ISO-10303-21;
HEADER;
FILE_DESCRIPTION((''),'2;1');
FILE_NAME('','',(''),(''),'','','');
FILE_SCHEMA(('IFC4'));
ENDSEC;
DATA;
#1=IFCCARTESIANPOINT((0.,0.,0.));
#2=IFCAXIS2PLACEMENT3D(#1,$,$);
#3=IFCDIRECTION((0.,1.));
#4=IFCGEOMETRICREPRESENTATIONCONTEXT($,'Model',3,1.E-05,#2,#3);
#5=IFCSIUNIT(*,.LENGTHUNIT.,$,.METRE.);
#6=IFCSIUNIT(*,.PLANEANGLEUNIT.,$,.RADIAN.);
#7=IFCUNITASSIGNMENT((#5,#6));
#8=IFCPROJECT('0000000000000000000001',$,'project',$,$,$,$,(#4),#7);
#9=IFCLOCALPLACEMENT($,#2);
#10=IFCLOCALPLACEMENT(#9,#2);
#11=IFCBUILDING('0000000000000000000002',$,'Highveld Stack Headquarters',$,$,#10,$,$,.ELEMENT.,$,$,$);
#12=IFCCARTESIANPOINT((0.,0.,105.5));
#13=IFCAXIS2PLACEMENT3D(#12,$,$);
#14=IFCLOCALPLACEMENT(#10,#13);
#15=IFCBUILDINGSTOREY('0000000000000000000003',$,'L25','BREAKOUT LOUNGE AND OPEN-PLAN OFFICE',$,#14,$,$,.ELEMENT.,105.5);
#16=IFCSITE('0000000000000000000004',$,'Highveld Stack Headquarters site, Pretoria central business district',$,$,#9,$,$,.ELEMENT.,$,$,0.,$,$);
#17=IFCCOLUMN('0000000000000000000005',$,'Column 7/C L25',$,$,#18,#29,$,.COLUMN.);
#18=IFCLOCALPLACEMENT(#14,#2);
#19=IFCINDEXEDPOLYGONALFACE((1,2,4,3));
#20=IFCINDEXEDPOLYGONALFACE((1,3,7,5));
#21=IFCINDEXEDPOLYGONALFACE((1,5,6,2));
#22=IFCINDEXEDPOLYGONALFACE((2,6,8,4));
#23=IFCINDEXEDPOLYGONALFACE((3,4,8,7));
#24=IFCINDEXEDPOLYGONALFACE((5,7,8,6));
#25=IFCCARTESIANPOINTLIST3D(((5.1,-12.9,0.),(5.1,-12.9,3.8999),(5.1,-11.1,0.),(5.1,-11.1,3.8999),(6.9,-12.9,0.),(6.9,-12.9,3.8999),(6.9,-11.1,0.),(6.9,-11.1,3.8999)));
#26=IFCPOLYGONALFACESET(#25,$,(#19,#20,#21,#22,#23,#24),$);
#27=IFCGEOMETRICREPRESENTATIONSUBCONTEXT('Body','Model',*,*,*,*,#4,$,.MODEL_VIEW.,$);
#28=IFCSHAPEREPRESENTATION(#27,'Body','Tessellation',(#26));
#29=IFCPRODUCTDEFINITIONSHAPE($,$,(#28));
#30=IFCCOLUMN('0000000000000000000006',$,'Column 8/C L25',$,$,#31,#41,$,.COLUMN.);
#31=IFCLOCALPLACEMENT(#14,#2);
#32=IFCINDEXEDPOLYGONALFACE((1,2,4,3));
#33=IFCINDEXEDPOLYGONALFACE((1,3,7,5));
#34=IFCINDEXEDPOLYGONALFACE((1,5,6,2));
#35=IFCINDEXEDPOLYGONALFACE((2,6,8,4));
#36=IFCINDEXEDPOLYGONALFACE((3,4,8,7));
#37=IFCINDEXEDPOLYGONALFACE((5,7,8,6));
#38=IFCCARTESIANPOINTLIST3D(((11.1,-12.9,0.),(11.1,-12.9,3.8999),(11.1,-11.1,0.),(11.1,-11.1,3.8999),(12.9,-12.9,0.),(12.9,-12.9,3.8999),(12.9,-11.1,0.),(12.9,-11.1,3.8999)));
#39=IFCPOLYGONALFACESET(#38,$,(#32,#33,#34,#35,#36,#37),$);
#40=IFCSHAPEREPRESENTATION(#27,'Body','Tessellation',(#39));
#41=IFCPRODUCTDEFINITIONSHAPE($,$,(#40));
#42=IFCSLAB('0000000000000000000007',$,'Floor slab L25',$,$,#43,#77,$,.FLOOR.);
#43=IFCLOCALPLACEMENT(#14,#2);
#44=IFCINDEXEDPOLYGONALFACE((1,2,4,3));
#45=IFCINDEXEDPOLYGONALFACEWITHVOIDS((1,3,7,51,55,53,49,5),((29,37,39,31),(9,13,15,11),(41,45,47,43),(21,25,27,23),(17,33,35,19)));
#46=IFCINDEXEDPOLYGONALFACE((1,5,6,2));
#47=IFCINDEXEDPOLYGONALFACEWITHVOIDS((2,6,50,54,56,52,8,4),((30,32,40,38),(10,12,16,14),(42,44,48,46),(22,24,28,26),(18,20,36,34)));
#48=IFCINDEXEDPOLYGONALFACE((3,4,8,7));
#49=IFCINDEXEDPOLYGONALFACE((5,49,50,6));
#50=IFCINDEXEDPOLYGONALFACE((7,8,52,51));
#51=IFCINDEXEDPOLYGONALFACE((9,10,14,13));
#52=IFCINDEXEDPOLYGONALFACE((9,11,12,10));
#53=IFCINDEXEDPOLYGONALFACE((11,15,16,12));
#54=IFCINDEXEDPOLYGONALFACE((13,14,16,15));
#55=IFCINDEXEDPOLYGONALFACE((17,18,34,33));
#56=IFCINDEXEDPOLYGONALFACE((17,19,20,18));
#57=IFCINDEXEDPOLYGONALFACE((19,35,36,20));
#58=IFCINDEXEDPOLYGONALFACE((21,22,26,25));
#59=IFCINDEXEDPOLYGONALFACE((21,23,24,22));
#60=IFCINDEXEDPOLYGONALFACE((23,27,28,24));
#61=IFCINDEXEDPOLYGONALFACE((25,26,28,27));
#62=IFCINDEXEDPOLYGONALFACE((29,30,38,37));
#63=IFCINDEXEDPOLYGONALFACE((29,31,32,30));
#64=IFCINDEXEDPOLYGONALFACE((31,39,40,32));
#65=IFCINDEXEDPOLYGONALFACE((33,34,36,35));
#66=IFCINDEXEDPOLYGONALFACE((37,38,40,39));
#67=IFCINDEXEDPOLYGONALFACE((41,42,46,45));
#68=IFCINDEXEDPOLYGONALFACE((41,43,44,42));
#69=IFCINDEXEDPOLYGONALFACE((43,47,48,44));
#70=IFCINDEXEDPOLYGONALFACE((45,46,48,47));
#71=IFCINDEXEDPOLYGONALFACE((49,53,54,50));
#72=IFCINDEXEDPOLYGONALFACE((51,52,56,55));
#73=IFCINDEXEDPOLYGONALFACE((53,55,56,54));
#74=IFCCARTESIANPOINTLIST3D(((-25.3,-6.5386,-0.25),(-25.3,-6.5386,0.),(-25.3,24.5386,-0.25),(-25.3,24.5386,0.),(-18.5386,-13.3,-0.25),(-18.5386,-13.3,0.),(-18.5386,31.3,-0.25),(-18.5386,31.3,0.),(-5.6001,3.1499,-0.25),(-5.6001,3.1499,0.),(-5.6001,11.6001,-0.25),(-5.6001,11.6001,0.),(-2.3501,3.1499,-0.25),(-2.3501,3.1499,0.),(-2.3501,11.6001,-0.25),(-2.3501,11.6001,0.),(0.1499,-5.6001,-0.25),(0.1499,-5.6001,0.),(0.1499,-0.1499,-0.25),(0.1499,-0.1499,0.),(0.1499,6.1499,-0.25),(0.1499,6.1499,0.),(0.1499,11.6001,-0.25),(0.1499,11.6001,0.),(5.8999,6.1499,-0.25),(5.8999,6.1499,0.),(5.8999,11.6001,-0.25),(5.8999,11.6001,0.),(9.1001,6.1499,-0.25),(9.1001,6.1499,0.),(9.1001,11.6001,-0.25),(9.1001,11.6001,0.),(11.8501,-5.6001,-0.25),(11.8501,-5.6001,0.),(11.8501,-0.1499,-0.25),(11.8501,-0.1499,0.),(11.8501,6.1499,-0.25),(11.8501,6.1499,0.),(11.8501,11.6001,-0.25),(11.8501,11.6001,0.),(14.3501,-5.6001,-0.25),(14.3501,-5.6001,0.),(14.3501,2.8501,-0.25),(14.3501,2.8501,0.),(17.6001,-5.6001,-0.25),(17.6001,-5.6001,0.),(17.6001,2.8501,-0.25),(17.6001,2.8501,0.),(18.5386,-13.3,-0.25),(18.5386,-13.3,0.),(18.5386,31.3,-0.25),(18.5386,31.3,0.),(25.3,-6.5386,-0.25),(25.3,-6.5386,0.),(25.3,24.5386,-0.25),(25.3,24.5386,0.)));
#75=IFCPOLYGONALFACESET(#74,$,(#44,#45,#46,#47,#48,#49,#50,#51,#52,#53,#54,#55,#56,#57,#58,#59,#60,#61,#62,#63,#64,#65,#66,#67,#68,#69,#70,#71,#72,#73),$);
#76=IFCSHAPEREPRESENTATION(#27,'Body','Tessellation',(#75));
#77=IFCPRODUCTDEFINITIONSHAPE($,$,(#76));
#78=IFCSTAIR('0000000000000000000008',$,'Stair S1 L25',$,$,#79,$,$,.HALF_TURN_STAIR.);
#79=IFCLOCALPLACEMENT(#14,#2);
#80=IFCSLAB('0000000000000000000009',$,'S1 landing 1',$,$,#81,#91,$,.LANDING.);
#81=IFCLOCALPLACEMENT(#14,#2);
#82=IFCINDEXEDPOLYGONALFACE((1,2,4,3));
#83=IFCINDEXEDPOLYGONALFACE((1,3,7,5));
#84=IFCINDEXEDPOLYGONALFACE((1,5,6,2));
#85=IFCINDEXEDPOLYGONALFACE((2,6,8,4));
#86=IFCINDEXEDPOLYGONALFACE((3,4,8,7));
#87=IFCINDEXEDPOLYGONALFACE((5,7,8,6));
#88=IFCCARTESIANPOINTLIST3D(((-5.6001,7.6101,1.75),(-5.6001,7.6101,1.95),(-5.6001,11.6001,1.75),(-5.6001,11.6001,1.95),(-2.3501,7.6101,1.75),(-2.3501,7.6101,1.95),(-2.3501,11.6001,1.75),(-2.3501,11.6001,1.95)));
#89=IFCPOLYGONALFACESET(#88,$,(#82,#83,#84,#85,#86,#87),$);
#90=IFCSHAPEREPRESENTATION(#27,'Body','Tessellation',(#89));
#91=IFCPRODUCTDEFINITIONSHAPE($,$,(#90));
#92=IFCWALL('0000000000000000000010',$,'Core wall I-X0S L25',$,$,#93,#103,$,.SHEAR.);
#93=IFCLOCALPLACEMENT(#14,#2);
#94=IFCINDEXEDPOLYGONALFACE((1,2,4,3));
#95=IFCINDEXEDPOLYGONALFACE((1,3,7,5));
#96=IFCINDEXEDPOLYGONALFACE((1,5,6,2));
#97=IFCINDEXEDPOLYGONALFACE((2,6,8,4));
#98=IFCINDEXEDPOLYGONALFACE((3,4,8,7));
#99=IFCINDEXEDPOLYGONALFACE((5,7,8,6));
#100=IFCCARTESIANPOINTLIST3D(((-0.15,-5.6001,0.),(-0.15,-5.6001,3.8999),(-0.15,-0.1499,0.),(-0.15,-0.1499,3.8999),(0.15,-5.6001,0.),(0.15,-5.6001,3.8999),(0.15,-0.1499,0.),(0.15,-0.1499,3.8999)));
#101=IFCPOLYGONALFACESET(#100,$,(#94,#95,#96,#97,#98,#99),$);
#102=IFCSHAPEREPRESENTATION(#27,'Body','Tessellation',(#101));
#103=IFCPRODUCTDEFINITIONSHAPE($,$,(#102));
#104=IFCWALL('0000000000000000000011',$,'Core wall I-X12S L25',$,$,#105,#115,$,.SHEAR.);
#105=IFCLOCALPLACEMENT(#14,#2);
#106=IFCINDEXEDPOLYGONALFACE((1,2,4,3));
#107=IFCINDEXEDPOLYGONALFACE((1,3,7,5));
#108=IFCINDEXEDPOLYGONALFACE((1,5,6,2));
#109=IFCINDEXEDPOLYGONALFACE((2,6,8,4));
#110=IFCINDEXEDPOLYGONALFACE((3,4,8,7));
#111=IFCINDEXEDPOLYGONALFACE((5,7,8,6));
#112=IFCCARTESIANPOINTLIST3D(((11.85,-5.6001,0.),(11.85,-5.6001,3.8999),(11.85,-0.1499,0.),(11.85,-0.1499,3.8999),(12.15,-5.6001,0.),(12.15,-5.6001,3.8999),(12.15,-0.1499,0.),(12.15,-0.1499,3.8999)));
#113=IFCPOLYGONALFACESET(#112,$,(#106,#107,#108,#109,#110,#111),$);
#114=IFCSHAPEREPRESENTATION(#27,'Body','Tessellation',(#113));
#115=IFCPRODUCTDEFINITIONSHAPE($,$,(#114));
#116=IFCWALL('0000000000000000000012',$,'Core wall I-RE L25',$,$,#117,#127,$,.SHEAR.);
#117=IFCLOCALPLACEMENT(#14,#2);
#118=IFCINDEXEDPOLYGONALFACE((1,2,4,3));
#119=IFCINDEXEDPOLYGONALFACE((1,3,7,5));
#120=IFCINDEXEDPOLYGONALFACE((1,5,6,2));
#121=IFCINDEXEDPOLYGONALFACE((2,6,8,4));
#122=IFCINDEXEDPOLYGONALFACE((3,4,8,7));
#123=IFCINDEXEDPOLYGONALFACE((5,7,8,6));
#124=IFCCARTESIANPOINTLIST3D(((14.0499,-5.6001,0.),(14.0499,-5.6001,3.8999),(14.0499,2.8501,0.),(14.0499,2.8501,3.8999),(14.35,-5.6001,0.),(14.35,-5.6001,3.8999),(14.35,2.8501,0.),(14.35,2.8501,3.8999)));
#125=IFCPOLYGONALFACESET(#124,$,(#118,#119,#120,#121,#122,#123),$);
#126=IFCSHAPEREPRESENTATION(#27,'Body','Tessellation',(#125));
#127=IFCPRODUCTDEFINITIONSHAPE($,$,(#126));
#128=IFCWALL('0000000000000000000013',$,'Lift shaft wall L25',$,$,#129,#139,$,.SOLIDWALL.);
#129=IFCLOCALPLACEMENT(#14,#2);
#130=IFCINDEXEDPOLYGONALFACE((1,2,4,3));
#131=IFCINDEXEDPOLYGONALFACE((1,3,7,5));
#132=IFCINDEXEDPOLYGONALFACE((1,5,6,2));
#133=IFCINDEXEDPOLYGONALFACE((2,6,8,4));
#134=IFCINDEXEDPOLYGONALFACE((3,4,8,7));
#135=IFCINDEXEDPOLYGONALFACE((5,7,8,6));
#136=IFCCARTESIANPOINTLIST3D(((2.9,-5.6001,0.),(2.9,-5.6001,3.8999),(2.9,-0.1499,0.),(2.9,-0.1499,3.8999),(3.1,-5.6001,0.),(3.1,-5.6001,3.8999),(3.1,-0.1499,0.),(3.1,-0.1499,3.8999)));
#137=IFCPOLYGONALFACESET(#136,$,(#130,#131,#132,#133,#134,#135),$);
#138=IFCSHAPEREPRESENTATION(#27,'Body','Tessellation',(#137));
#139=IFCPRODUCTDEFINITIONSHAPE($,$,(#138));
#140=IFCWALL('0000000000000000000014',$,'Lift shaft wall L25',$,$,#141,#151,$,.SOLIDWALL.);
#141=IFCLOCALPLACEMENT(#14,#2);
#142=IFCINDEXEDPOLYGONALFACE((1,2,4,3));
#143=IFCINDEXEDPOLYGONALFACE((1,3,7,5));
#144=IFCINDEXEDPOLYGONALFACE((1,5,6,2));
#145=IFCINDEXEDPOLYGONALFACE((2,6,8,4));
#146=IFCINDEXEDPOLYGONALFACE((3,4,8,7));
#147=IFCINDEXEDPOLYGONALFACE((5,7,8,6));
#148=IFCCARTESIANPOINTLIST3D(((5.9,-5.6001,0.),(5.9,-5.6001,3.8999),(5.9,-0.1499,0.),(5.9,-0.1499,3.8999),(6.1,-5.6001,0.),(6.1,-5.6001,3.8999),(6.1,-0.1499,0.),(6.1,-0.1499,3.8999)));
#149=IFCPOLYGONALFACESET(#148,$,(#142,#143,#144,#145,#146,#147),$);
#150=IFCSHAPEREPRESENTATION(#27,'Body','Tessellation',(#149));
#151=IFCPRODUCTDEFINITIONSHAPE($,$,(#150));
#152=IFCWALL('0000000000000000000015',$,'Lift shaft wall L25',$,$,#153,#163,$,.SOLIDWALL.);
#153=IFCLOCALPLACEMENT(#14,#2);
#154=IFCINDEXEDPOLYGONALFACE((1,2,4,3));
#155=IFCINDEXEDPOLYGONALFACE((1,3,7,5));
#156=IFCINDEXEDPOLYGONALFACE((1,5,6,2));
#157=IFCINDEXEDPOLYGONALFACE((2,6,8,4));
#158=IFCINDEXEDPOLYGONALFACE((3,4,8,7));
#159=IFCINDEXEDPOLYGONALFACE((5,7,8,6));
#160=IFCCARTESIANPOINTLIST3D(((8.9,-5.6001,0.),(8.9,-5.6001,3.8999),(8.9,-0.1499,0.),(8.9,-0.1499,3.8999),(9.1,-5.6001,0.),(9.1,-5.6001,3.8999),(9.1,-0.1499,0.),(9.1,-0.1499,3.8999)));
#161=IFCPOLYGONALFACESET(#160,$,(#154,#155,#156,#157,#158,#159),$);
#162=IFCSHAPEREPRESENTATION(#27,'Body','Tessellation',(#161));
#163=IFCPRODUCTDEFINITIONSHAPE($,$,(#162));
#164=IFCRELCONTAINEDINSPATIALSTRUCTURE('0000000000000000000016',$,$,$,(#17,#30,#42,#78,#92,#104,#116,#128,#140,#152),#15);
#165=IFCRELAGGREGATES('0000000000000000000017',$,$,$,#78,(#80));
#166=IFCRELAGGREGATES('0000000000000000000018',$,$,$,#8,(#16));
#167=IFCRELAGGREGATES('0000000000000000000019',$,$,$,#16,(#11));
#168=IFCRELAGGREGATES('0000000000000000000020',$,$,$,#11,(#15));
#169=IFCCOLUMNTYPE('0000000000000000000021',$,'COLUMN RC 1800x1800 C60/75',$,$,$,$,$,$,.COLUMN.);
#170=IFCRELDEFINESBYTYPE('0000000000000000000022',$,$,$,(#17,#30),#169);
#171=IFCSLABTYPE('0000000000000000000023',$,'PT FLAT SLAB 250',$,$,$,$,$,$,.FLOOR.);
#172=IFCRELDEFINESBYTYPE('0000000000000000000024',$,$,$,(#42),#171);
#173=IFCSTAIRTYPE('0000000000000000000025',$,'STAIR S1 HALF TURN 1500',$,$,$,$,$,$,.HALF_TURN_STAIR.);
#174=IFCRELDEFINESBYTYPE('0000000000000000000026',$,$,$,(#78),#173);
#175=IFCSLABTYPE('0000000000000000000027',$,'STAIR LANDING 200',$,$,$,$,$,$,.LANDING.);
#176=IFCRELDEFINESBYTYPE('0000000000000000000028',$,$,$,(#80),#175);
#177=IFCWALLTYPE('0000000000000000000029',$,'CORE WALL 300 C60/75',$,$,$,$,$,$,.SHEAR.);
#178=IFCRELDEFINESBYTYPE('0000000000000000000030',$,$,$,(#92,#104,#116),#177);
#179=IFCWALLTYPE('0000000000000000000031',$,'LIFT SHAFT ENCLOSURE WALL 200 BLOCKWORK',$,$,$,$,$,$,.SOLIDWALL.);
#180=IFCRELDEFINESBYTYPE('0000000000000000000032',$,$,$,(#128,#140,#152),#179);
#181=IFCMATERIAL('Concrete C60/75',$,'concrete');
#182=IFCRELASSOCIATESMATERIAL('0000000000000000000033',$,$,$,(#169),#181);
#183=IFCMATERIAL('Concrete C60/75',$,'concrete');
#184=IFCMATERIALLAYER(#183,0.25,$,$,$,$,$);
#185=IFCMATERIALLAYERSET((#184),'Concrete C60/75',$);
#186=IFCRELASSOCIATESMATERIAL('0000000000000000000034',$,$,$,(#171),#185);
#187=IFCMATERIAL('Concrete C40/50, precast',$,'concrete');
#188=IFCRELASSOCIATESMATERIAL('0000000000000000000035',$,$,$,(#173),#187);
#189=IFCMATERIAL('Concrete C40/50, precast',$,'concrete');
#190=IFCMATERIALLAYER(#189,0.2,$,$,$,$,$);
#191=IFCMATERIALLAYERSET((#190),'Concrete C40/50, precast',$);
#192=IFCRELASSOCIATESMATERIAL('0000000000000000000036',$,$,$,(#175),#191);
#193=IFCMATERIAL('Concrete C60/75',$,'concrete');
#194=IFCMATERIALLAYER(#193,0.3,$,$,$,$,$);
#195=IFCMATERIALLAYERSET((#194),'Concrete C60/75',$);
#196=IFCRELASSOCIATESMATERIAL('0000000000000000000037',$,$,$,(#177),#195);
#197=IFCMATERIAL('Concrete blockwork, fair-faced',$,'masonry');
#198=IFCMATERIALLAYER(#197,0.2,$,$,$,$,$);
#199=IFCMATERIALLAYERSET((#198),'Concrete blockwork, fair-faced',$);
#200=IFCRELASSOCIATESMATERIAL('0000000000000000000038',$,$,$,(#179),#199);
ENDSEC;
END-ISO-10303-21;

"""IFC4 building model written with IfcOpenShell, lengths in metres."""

from ifc_helpers import new_model, si_unit, direction, frame, frame_2d, origin, origin_2d, place, context, subcontext, project, spatial, polyline, rectangle, outline, extrude, material, layer, layer_set, material_profile, profile_set, type_object, element, aggregate, save


model = new_model("IFC4")

# Units and contexts
model_context = context("Model", 3, precision=1e-05, world=origin(), true_north=direction((0.0, 1.0)))
body_context = subcontext(model_context, "Body", "Model", "MODEL_VIEW")
ifc_project = project(units=[si_unit("LENGTHUNIT", "METRE"), si_unit("PLANEANGLEUNIT", "RADIAN")], contexts=[model_context])

# Site, building, storey
site_placement = place(None, origin())
site = spatial("IfcSite", under=ifc_project, at=site_placement, Name="Highveld Stack Headquarters site, Pretoria central business district", CompositionType="ELEMENT", RefElevation=0.0)
building_placement = place(site_placement, origin())
building = spatial("IfcBuilding", under=site, at=building_placement, Name="Highveld Stack Headquarters", CompositionType="ELEMENT")
storey_placement = place(building_placement, frame((0.0, 0.0, 105.5)))
storey = spatial("IfcBuildingStorey", under=building, at=storey_placement, Name="L25", Description="BREAKOUT LOUNGE AND OPEN-PLAN OFFICE", CompositionType="ELEMENT", Elevation=105.5)

# Columns
ifc_material_1 = material(Name="Concrete C60/75", Category="concrete")
ifc_material_profile = material_profile(ifc_material_1, rectangle(XDim=1.8, YDim=1.8, at=origin_2d()), Name="RC 1800x1800")
ifc_profile_set = profile_set([ifc_material_profile], Name="Concrete C60/75")
column_type = type_object("IfcColumnType", Name="COLUMN RC 1800x1800 C60/75", PredefinedType="COLUMN", material=ifc_profile_set)
for number, where, z_axis, x_axis, name in (
    (1, (6.0, -12.0, 0.0), (0.0, 0.0, 1.0), (1.0, 0.0, 0.0), "Column 7/C L25"),
    (2, (12.0, -12.0, 0.0), (0.0, 0.0, 1.0), (1.0, 0.0, 0.0), "Column 8/C L25"),
):
    element("IfcColumn", number, at=place(storey_placement, frame(where, z_axis=z_axis, x_axis=x_axis)), inside=storey, type_object=column_type, Name=name, PredefinedType="COLUMN", context=body_context, shape_type="SweptSolid", body=[
        extrude(rectangle(XDim=1.8, YDim=1.8, at=origin_2d()), origin(), (0.0, 0.0, 1.0), 3.8999),
    ])

# Slab
ifc_material_2 = material(Name="Concrete C60/75", Category="concrete")
ifc_layer_1 = layer(ifc_material_2, 0.25)
ifc_layer_set_1 = layer_set([ifc_layer_1], Name="Concrete C60/75")
slab_type_1 = type_object("IfcSlabType", Name="PT FLAT SLAB 250", PredefinedType="FLOOR", material=ifc_layer_set_1)
slab_1_placement = place(storey_placement, frame((0.0, 0.0, -0.25)))
element("IfcSlab", 3, at=slab_1_placement, inside=storey, type_object=slab_type_1, Name="Floor slab L25", PredefinedType="FLOOR", context=body_context, shape_type="SweptSolid", body=[
    extrude(outline(polyline([(-18.5386, -13.3), (18.5386, -13.3), (25.3, -6.5386), (25.3, 24.5386), (18.5386, 31.3), (-18.5386, 31.3), (-25.3, 24.5386), (-25.3, -6.5386), (-18.5386, -13.3)]), holes=[polyline([(0.1499, 6.1499), (5.8999, 6.1499), (5.8999, 11.6001), (0.1499, 11.6001), (0.1499, 6.1499)]), polyline([(9.1001, 6.1499), (11.8501, 6.1499), (11.8501, 11.6001), (9.1001, 11.6001), (9.1001, 6.1499)]), polyline([(0.1499, -5.6001), (11.8501, -5.6001), (11.8501, -0.1499), (0.1499, -0.1499), (0.1499, -5.6001)]), polyline([(-5.6001, 3.1499), (-2.3501, 3.1499), (-2.3501, 11.6001), (-5.6001, 11.6001), (-5.6001, 3.1499)]), polyline([(14.3501, -5.6001), (17.6001, -5.6001), (17.6001, 2.8501), (14.3501, 2.8501), (14.3501, -5.6001)])]), origin(), (0.0, 0.0, 1.0), 0.25),
])

# Stair, slab
ifc_material_3 = material(Name="Concrete C40/50, precast", Category="concrete")
stair_type_1 = type_object("IfcStairType", Name="STAIR S1 HALF TURN 1500", PredefinedType="HALF_TURN_STAIR", material=ifc_material_3)
stair_1_placement = place(storey_placement, origin())
stair_1 = element("IfcStair", 4, at=stair_1_placement, inside=storey, type_object=stair_type_1, Name="Stair S1 L25", PredefinedType="HALF_TURN_STAIR")
ifc_material_4 = material(Name="Concrete C40/50, precast", Category="concrete")
ifc_layer_2 = layer(ifc_material_4, 0.2)
ifc_layer_set_2 = layer_set([ifc_layer_2], Name="Concrete C40/50, precast")
slab_type_2 = type_object("IfcSlabType", Name="STAIR LANDING 200", PredefinedType="LANDING", material=ifc_layer_set_2)
slab_2_placement = place(storey_placement, frame((0.0, 0.0, 1.75)))
slab_2 = element("IfcSlab", 5, at=slab_2_placement, type_object=slab_type_2, Name="S1 landing 1", PredefinedType="LANDING", context=body_context, shape_type="SweptSolid", body=[
    extrude(outline(polyline([(-5.6001, 7.6101), (-2.3501, 7.6101), (-2.3501, 11.6001), (-5.6001, 11.6001), (-5.6001, 7.6101)])), origin(), (0.0, 0.0, 1.0), 0.2),
])
aggregate(stair_1, [slab_2])

# Walls
ifc_material_5 = material(Name="Concrete C60/75", Category="concrete")
ifc_layer_3 = layer(ifc_material_5, 0.3)
ifc_layer_set_3 = layer_set([ifc_layer_3], Name="Concrete C60/75")
wall_type_1 = type_object("IfcWallType", Name="CORE WALL 300 C60/75", PredefinedType="SHEAR", material=ifc_layer_set_3)
for number, where, z_axis, x_axis, name in (
    (6, (0.0, -5.6001, 0.0), (0.0, 0.0, 1.0), (0.0, 1.0, 0.0), "Core wall I-X0S L25"),
    (7, (12.0, -5.6001, 0.0), (0.0, 0.0, 1.0), (0.0, 1.0, 0.0), "Core wall I-X12S L25"),
):
    element("IfcWall", number, at=place(storey_placement, frame(where, z_axis=z_axis, x_axis=x_axis)), inside=storey, type_object=wall_type_1, Name=name, PredefinedType="SHEAR", context=body_context, shape_type="SweptSolid", body=[
        extrude(rectangle(XDim=5.4502, YDim=0.3, at=frame_2d((2.7251, 0.0))), origin(), (0.0, 0.0, 1.0), 3.8999),
    ])
wall_placement = place(storey_placement, frame((14.2, -5.6001, 0.0), z_axis=(0.0, 0.0, 1.0), x_axis=(0.0, 1.0, 0.0)))
element("IfcWall", 8, at=wall_placement, inside=storey, type_object=wall_type_1, Name="Core wall I-RE L25", PredefinedType="SHEAR", context=body_context, shape_type="SweptSolid", body=[
    extrude(rectangle(XDim=8.4502, YDim=0.3, at=frame_2d((4.2251, 0.0))), origin(), (0.0, 0.0, 1.0), 3.8999),
])
ifc_material_6 = material(Name="Concrete blockwork, fair-faced", Category="masonry")
ifc_layer_4 = layer(ifc_material_6, 0.2)
ifc_layer_set_4 = layer_set([ifc_layer_4], Name="Concrete blockwork, fair-faced")
wall_type_2 = type_object("IfcWallType", Name="LIFT SHAFT ENCLOSURE WALL 200 BLOCKWORK", PredefinedType="SOLIDWALL", material=ifc_layer_set_4)
for number, where, z_axis, x_axis, name in (
    (9, (3.0, -5.6001, 0.0), (0.0, 0.0, 1.0), (0.0, 1.0, 0.0), "Lift shaft wall L25"),
    (10, (6.0, -5.6001, 0.0), (0.0, 0.0, 1.0), (0.0, 1.0, 0.0), "Lift shaft wall L25"),
    (11, (9.0, -5.6001, 0.0), (0.0, 0.0, 1.0), (0.0, 1.0, 0.0), "Lift shaft wall L25"),
):
    element("IfcWall", number, at=place(storey_placement, frame(where, z_axis=z_axis, x_axis=x_axis)), inside=storey, type_object=wall_type_2, Name=name, PredefinedType="SOLIDWALL", context=body_context, shape_type="SweptSolid", body=[
        extrude(rectangle(XDim=5.4502, YDim=0.2, at=frame_2d((2.7251, 0.0))), origin(), (0.0, 0.0, 1.0), 3.8999),
    ])

save(model, "model.ifc")
